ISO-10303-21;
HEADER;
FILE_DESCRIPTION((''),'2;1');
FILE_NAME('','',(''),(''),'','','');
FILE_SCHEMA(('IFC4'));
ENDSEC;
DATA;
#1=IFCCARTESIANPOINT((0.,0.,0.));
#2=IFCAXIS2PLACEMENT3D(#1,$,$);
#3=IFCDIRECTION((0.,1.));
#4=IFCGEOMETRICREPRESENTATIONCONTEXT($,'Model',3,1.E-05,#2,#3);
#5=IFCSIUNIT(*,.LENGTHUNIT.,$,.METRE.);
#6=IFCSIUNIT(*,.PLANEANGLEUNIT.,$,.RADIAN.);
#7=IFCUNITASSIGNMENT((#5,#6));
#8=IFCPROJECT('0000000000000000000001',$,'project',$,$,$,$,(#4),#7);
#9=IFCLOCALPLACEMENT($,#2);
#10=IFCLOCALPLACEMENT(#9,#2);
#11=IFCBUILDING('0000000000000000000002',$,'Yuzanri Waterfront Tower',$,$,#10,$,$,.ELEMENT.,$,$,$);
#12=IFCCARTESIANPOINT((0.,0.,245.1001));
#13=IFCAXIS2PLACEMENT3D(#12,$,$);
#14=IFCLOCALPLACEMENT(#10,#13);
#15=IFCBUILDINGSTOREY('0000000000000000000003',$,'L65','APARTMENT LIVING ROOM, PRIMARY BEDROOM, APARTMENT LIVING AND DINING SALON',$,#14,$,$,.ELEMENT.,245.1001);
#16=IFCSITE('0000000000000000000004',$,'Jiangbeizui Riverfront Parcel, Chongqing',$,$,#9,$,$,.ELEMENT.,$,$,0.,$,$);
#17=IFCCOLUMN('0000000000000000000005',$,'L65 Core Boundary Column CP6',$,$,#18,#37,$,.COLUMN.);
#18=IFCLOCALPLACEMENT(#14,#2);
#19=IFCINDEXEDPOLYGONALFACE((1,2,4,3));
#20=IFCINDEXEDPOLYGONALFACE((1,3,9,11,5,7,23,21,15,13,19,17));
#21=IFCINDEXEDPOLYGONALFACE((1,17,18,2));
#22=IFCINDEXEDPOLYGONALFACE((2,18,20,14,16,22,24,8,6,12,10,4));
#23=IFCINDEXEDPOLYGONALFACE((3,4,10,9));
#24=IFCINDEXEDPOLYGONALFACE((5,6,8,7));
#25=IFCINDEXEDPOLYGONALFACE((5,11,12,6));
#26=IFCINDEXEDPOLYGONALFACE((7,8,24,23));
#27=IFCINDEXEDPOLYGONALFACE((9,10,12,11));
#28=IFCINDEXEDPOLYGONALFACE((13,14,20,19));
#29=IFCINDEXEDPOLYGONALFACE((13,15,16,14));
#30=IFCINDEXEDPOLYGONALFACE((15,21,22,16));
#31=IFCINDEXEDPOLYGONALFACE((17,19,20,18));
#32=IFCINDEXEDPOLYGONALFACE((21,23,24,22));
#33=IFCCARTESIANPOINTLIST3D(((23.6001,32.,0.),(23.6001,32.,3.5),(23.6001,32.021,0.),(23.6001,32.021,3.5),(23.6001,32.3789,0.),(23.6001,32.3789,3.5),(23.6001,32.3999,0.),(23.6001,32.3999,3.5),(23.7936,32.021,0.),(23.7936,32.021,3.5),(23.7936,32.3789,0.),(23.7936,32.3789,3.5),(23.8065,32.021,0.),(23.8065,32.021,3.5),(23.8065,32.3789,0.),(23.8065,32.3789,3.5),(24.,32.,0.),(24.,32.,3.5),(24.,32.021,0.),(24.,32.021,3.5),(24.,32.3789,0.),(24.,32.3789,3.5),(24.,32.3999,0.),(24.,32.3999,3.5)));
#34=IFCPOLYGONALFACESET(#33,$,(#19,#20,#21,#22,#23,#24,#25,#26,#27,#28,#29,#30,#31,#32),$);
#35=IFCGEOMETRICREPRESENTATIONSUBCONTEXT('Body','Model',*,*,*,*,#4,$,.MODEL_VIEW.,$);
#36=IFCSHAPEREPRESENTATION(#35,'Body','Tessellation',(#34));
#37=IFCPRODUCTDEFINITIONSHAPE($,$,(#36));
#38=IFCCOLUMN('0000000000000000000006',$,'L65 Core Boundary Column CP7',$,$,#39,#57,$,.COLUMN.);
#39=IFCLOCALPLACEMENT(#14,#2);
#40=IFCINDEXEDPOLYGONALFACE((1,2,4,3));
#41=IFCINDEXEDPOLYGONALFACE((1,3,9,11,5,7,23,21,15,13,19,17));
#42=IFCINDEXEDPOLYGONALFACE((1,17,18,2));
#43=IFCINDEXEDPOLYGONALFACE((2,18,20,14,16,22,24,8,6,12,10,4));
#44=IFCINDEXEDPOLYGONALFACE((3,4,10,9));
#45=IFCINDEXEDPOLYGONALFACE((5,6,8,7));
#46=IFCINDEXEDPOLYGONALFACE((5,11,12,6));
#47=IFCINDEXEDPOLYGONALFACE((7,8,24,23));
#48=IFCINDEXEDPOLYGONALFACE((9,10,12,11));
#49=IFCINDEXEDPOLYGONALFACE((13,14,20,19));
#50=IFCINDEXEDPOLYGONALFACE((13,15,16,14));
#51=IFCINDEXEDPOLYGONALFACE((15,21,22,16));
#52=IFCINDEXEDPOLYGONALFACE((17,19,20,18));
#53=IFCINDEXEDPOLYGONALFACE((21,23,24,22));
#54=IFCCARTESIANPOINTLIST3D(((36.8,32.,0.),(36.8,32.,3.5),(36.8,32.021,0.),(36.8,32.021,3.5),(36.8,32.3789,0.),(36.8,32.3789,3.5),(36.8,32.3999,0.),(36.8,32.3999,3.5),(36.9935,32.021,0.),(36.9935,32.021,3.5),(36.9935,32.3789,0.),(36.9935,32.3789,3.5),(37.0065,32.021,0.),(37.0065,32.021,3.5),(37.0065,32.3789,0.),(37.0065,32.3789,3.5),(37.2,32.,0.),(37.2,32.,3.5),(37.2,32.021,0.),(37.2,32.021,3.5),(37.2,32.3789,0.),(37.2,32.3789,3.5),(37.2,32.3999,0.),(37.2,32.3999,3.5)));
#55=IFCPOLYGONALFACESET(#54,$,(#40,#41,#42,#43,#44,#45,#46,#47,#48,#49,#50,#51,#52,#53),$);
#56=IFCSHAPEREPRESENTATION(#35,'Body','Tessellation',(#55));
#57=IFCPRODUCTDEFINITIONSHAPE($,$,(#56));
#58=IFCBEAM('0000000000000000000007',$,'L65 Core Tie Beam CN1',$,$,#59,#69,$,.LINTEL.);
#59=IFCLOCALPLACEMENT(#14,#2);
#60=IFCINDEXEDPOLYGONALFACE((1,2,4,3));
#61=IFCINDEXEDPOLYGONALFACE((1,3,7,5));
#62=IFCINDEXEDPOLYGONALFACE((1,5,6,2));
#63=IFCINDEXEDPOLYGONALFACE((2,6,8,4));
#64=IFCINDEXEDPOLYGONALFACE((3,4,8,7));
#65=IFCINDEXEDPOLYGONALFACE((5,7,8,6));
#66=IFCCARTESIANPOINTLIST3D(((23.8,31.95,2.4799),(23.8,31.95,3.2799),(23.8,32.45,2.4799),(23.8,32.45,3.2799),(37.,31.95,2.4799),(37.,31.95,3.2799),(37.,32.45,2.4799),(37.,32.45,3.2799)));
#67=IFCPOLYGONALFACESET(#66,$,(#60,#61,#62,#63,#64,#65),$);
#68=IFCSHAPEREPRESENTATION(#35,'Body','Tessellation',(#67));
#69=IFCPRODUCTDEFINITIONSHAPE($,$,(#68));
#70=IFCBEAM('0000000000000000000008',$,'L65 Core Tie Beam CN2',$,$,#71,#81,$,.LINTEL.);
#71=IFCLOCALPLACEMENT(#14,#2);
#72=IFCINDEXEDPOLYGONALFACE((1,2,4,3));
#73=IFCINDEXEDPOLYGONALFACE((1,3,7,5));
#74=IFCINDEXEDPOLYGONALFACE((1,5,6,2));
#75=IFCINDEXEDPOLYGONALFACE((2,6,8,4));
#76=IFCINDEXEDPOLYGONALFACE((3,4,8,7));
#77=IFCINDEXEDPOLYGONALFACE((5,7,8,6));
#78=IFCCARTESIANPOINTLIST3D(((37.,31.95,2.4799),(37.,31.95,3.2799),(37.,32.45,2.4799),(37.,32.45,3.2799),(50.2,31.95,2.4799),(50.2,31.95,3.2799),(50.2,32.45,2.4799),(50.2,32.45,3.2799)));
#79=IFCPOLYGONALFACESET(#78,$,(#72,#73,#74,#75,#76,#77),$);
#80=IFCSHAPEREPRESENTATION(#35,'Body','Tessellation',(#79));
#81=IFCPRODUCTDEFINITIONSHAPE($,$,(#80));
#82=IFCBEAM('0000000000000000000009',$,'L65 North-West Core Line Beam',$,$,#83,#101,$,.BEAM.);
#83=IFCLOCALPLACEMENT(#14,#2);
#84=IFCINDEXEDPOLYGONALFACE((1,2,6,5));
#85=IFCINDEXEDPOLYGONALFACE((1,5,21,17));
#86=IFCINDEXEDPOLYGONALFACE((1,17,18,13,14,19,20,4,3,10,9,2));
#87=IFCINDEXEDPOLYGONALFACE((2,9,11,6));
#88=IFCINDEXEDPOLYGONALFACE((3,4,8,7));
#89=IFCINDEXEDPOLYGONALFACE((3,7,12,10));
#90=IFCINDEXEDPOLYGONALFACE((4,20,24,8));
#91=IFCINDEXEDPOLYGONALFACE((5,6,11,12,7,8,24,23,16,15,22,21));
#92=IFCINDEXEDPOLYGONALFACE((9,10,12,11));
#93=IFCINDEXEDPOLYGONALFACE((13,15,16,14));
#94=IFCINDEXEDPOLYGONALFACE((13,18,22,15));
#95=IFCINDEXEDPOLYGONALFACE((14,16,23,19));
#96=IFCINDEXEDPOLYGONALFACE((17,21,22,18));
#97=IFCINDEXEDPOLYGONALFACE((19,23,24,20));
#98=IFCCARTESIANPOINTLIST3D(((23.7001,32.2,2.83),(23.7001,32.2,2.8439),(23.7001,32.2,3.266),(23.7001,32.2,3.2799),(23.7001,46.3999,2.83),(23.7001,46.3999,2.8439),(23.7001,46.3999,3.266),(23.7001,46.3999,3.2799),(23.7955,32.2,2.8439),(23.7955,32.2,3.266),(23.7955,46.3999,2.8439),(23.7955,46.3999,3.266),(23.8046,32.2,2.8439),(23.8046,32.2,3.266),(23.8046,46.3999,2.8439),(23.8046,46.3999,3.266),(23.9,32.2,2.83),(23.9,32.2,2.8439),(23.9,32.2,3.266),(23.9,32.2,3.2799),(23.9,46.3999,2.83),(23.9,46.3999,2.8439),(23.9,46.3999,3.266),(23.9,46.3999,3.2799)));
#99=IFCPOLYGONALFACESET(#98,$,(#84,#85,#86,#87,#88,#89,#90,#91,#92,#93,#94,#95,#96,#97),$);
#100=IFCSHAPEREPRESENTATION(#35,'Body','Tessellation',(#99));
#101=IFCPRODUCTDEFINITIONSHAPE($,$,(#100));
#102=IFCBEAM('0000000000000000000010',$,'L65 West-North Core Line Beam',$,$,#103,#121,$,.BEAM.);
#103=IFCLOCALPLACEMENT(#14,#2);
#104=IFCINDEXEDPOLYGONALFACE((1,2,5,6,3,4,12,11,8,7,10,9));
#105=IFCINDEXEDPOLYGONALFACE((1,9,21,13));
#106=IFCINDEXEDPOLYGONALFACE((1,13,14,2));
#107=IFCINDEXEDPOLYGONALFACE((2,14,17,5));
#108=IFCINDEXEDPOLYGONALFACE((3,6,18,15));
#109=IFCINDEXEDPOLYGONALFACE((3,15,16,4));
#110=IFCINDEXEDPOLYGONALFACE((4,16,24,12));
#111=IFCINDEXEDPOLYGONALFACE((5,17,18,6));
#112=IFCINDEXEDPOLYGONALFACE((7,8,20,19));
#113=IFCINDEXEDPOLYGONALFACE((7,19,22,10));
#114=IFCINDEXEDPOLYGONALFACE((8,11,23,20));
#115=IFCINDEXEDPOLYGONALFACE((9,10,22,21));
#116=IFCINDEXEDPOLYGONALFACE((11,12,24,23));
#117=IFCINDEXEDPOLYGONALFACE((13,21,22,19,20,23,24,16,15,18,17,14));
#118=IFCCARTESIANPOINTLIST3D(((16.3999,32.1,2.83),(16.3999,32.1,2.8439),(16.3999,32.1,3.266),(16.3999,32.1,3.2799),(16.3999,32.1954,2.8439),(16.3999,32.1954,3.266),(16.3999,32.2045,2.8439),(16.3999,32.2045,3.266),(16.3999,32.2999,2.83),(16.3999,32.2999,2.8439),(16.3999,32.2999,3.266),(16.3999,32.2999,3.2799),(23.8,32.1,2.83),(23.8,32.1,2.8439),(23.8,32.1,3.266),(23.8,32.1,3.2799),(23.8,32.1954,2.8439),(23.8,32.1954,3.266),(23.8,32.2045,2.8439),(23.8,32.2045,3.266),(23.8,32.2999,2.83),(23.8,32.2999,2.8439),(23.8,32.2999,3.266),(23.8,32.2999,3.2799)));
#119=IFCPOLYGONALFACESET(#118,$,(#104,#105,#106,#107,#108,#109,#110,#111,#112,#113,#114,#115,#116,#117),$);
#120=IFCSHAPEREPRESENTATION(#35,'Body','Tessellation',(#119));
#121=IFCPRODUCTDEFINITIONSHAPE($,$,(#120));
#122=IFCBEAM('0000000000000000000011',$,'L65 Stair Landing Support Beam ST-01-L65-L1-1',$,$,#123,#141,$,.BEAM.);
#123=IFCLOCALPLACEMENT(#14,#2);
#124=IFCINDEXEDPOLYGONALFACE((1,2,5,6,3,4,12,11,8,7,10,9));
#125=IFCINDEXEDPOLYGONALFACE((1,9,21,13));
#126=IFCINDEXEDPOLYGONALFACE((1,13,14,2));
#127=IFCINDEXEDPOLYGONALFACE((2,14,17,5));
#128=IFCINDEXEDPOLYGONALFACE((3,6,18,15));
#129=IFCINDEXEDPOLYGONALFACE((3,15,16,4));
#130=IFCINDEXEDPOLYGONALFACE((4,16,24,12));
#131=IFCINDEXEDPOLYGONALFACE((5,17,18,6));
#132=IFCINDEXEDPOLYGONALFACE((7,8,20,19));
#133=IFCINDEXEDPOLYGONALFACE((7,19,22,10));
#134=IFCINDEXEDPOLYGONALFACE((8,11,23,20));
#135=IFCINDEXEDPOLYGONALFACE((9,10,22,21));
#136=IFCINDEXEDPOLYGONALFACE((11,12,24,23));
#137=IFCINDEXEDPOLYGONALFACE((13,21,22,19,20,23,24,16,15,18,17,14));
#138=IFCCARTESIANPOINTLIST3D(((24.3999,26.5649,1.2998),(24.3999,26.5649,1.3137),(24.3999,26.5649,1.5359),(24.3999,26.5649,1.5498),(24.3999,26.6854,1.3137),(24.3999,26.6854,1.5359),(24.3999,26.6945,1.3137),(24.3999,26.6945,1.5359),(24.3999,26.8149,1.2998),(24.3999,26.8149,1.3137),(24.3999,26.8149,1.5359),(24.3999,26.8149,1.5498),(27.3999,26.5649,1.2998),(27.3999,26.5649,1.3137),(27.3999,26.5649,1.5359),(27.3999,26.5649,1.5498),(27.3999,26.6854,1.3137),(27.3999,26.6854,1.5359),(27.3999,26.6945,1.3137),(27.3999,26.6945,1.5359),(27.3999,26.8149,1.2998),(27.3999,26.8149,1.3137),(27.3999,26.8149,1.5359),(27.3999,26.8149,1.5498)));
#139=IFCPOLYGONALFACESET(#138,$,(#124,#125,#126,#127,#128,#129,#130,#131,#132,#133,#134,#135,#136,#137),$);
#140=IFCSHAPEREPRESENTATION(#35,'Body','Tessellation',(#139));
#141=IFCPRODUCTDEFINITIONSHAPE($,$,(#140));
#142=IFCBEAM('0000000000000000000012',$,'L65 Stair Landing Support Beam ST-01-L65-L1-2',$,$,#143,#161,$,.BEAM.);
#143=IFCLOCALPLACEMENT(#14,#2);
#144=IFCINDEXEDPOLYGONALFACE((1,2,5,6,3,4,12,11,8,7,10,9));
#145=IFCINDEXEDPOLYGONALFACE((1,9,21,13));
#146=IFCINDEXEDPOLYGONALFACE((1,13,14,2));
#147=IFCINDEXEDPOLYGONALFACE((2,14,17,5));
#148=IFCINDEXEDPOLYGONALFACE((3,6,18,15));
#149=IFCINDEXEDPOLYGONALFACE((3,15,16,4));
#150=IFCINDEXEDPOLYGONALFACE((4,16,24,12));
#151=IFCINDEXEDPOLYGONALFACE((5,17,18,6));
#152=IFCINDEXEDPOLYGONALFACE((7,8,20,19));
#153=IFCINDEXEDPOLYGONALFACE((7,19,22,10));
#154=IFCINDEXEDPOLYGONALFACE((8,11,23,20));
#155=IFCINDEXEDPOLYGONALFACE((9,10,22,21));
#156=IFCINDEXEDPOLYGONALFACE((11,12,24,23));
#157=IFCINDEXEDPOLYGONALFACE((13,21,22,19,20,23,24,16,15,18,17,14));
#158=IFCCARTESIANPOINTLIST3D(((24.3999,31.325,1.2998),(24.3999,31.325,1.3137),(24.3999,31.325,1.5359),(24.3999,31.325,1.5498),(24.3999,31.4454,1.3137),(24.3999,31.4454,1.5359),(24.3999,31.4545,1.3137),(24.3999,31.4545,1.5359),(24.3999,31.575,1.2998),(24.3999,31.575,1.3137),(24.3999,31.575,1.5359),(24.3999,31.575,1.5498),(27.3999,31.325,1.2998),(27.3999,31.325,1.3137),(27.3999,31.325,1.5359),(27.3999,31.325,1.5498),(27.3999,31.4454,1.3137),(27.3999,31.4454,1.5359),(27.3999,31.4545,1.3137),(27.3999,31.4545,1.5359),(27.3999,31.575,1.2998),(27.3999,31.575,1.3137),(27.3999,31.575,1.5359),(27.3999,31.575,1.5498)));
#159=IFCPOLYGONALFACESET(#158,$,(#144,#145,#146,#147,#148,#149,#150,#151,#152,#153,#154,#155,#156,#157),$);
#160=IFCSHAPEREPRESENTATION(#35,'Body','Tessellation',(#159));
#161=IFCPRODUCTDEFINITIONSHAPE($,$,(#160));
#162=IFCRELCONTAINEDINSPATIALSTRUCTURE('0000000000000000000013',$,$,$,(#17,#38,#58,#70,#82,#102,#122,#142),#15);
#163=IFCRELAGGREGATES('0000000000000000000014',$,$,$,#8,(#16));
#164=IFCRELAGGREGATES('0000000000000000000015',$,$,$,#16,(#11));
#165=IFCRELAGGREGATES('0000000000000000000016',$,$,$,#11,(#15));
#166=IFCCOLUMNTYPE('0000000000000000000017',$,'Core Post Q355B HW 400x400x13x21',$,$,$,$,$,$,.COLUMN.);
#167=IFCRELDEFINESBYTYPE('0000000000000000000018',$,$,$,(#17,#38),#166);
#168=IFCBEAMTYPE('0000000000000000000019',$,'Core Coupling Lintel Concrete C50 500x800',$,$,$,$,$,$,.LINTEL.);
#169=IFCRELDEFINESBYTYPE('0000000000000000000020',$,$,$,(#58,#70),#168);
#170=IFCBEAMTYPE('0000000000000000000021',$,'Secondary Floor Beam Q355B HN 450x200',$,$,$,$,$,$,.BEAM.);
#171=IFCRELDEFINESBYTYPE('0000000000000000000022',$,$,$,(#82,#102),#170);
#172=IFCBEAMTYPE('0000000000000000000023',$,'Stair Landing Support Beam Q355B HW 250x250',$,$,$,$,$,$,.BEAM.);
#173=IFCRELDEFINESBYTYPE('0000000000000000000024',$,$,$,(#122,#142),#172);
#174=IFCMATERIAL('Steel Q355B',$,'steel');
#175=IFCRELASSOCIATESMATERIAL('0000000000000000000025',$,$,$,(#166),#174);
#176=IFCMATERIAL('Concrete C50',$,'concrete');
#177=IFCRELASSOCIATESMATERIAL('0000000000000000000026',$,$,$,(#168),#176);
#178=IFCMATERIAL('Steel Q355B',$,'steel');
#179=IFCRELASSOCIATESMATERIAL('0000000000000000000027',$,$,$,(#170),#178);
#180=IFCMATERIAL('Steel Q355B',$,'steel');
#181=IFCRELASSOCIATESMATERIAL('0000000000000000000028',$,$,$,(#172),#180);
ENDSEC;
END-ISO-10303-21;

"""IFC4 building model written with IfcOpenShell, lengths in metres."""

from ifc_helpers import new_model, si_unit, direction, frame, origin, origin_2d, place, context, subcontext, project, spatial, rectangle, i_section, extrude, source, transform, mapped, material, material_profile, profile_set, type_object, element, save


model = new_model("IFC4")

# Units and contexts
model_context = context("Model", 3, precision=1e-05, world=origin(), true_north=direction((0.0, 1.0)))
body_context = subcontext(model_context, "Body", "Model", "MODEL_VIEW")
ifc_project = project(units=[si_unit("LENGTHUNIT", "METRE"), si_unit("PLANEANGLEUNIT", "RADIAN")], contexts=[model_context])

# Site, building, storey
site_placement = place(None, origin())
site = spatial("IfcSite", under=ifc_project, at=site_placement, Name="Jiangbeizui Riverfront Parcel, Chongqing", CompositionType="ELEMENT", RefElevation=0.0)
building_placement = place(site_placement, origin())
building = spatial("IfcBuilding", under=site, at=building_placement, Name="Yuzanri Waterfront Tower", CompositionType="ELEMENT")
storey_placement = place(building_placement, frame((0.0, 0.0, 245.1001)))
storey = spatial("IfcBuildingStorey", under=building, at=storey_placement, Name="L65", Description="APARTMENT LIVING ROOM, PRIMARY BEDROOM, APARTMENT LIVING AND DINING SALON", CompositionType="ELEMENT", Elevation=245.1001)

# Columns
ifc_material_1 = material(Name="Steel Q355B", Category="steel")
ifc_material_profile_1 = material_profile(ifc_material_1, i_section(OverallWidth=0.3999, OverallDepth=0.3999, WebThickness=0.0129, FlangeThickness=0.021, at=origin_2d()), Name="HW 400x400x13x21")
ifc_profile_set_1 = profile_set([ifc_material_profile_1], Name="Steel Q355B")
column_type = type_object("IfcColumnType", Name="Core Post Q355B HW 400x400x13x21", PredefinedType="COLUMN", material=ifc_profile_set_1)
shared_shape_1 = source(origin(), body_context, "Body", "SweptSolid", [
    extrude(i_section(OverallWidth=0.3999, OverallDepth=0.3999, WebThickness=0.0129, FlangeThickness=0.021, at=origin_2d()), origin(), (0.0, 0.0, 1.0), 3.5),
])
for number, where, z_axis, x_axis, name in (
    (1, (23.8, 32.2, 0.0), (0.0, 0.0, 1.0), (1.0, 0.0, 0.0), "L65 Core Boundary Column CP6"),
    (2, (37.0, 32.2, 0.0), (0.0, 0.0, 1.0), (1.0, 0.0, 0.0), "L65 Core Boundary Column CP7"),
):
    element("IfcColumn", number, at=place(storey_placement, frame(where, z_axis=z_axis, x_axis=x_axis)), inside=storey, type_object=column_type, Name=name, PredefinedType="COLUMN", context=body_context, shape_type="MappedRepresentation", body=[
        mapped(shared_shape_1, transform((0.0, 0.0, 0.0), scale=1.0)),
    ])

# Beams
ifc_material_2 = material(Name="Concrete C50", Category="concrete")
ifc_material_profile_2 = material_profile(ifc_material_2, rectangle(XDim=0.5, YDim=0.8, at=origin_2d()), Name="RC 500x800")
ifc_profile_set_2 = profile_set([ifc_material_profile_2], Name="Concrete C50")
beam_type_1 = type_object("IfcBeamType", Name="Core Coupling Lintel Concrete C50 500x800", PredefinedType="LINTEL", material=ifc_profile_set_2)
shared_shape_2 = source(origin(), body_context, "Body", "SweptSolid", [
    extrude(rectangle(XDim=0.5, YDim=0.8, at=origin_2d()), origin(), (0.0, 0.0, 1.0), 13.2),
])
for number, where, z_axis, x_axis, name in (
    (3, (23.8, 32.2, 2.8799), (1.0, 0.0, 0.0), (0.0, 1.0, 0.0), "L65 Core Tie Beam CN1"),
    (4, (37.0, 32.2, 2.8799), (1.0, 0.0, 0.0), (0.0, 1.0, 0.0), "L65 Core Tie Beam CN2"),
):
    element("IfcBeam", number, at=place(storey_placement, frame(where, z_axis=z_axis, x_axis=x_axis)), inside=storey, type_object=beam_type_1, Name=name, PredefinedType="LINTEL", context=body_context, shape_type="MappedRepresentation", body=[
        mapped(shared_shape_2, transform((0.0, 0.0, 0.0), scale=1.0)),
    ])
ifc_material_3 = material(Name="Steel Q355B", Category="steel")
ifc_material_profile_3 = material_profile(ifc_material_3, i_section(OverallWidth=0.2, OverallDepth=0.45, WebThickness=0.009, FlangeThickness=0.0139, at=origin_2d()), Name="HN 450x200x9x14")
ifc_profile_set_3 = profile_set([ifc_material_profile_3], Name="Steel Q355B")
beam_type_2 = type_object("IfcBeamType", Name="Secondary Floor Beam Q355B HN 450x200", PredefinedType="BEAM", material=ifc_profile_set_3)
shared_shape_3 = source(origin(), body_context, "Body", "SweptSolid", [
    extrude(i_section(OverallWidth=0.2, OverallDepth=0.45, WebThickness=0.009, FlangeThickness=0.0139, at=origin_2d()), origin(), (0.0, 0.0, 1.0), 14.2),
])
beam_1_placement = place(storey_placement, frame((23.8, 32.2, 3.0549), z_axis=(0.0, 1.0, 0.0), x_axis=(-1.0, 0.0, 0.0)))
element("IfcBeam", 5, at=beam_1_placement, inside=storey, type_object=beam_type_2, Name="L65 North-West Core Line Beam", PredefinedType="BEAM", context=body_context, shape_type="MappedRepresentation", body=[
    mapped(shared_shape_3, transform((0.0, 0.0, 0.0), scale=1.0)),
])
shared_shape_4 = source(origin(), body_context, "Body", "SweptSolid", [
    extrude(i_section(OverallWidth=0.2, OverallDepth=0.45, WebThickness=0.009, FlangeThickness=0.0139, at=origin_2d()), origin(), (0.0, 0.0, 1.0), 7.4001),
])
beam_2_placement = place(storey_placement, frame((23.8, 32.2, 3.0549), z_axis=(-1.0, 0.0, 0.0), x_axis=(0.0, -1.0, 0.0)))
element("IfcBeam", 6, at=beam_2_placement, inside=storey, type_object=beam_type_2, Name="L65 West-North Core Line Beam", PredefinedType="BEAM", context=body_context, shape_type="MappedRepresentation", body=[
    mapped(shared_shape_4, transform((0.0, 0.0, 0.0), scale=1.0)),
])
ifc_material_4 = material(Name="Steel Q355B", Category="steel")
ifc_material_profile_4 = material_profile(ifc_material_4, i_section(OverallWidth=0.25, OverallDepth=0.25, WebThickness=0.009, FlangeThickness=0.0139, at=origin_2d()), Name="HW 250x250x9x14")
ifc_profile_set_4 = profile_set([ifc_material_profile_4], Name="Steel Q355B")
beam_type_3 = type_object("IfcBeamType", Name="Stair Landing Support Beam Q355B HW 250x250", PredefinedType="BEAM", material=ifc_profile_set_4)
shared_shape_5 = source(origin(), body_context, "Body", "SweptSolid", [
    extrude(i_section(OverallWidth=0.25, OverallDepth=0.25, WebThickness=0.009, FlangeThickness=0.0139, at=origin_2d()), origin(), (0.0, 0.0, 1.0), 3.0),
])
for number, where, z_axis, x_axis, name in (
    (7, (24.3999, 26.6899, 1.4248), (1.0, 0.0, 0.0), (0.0, 1.0, 0.0), "L65 Stair Landing Support Beam ST-01-L65-L1-1"),
    (8, (24.3999, 31.45, 1.4248), (1.0, 0.0, 0.0), (0.0, 1.0, 0.0), "L65 Stair Landing Support Beam ST-01-L65-L1-2"),
):
    element("IfcBeam", number, at=place(storey_placement, frame(where, z_axis=z_axis, x_axis=x_axis)), inside=storey, type_object=beam_type_3, Name=name, PredefinedType="BEAM", context=body_context, shape_type="MappedRepresentation", body=[
        mapped(shared_shape_5, transform((0.0, 0.0, 0.0), scale=1.0)),
    ])

save(model, "model.ifc")
